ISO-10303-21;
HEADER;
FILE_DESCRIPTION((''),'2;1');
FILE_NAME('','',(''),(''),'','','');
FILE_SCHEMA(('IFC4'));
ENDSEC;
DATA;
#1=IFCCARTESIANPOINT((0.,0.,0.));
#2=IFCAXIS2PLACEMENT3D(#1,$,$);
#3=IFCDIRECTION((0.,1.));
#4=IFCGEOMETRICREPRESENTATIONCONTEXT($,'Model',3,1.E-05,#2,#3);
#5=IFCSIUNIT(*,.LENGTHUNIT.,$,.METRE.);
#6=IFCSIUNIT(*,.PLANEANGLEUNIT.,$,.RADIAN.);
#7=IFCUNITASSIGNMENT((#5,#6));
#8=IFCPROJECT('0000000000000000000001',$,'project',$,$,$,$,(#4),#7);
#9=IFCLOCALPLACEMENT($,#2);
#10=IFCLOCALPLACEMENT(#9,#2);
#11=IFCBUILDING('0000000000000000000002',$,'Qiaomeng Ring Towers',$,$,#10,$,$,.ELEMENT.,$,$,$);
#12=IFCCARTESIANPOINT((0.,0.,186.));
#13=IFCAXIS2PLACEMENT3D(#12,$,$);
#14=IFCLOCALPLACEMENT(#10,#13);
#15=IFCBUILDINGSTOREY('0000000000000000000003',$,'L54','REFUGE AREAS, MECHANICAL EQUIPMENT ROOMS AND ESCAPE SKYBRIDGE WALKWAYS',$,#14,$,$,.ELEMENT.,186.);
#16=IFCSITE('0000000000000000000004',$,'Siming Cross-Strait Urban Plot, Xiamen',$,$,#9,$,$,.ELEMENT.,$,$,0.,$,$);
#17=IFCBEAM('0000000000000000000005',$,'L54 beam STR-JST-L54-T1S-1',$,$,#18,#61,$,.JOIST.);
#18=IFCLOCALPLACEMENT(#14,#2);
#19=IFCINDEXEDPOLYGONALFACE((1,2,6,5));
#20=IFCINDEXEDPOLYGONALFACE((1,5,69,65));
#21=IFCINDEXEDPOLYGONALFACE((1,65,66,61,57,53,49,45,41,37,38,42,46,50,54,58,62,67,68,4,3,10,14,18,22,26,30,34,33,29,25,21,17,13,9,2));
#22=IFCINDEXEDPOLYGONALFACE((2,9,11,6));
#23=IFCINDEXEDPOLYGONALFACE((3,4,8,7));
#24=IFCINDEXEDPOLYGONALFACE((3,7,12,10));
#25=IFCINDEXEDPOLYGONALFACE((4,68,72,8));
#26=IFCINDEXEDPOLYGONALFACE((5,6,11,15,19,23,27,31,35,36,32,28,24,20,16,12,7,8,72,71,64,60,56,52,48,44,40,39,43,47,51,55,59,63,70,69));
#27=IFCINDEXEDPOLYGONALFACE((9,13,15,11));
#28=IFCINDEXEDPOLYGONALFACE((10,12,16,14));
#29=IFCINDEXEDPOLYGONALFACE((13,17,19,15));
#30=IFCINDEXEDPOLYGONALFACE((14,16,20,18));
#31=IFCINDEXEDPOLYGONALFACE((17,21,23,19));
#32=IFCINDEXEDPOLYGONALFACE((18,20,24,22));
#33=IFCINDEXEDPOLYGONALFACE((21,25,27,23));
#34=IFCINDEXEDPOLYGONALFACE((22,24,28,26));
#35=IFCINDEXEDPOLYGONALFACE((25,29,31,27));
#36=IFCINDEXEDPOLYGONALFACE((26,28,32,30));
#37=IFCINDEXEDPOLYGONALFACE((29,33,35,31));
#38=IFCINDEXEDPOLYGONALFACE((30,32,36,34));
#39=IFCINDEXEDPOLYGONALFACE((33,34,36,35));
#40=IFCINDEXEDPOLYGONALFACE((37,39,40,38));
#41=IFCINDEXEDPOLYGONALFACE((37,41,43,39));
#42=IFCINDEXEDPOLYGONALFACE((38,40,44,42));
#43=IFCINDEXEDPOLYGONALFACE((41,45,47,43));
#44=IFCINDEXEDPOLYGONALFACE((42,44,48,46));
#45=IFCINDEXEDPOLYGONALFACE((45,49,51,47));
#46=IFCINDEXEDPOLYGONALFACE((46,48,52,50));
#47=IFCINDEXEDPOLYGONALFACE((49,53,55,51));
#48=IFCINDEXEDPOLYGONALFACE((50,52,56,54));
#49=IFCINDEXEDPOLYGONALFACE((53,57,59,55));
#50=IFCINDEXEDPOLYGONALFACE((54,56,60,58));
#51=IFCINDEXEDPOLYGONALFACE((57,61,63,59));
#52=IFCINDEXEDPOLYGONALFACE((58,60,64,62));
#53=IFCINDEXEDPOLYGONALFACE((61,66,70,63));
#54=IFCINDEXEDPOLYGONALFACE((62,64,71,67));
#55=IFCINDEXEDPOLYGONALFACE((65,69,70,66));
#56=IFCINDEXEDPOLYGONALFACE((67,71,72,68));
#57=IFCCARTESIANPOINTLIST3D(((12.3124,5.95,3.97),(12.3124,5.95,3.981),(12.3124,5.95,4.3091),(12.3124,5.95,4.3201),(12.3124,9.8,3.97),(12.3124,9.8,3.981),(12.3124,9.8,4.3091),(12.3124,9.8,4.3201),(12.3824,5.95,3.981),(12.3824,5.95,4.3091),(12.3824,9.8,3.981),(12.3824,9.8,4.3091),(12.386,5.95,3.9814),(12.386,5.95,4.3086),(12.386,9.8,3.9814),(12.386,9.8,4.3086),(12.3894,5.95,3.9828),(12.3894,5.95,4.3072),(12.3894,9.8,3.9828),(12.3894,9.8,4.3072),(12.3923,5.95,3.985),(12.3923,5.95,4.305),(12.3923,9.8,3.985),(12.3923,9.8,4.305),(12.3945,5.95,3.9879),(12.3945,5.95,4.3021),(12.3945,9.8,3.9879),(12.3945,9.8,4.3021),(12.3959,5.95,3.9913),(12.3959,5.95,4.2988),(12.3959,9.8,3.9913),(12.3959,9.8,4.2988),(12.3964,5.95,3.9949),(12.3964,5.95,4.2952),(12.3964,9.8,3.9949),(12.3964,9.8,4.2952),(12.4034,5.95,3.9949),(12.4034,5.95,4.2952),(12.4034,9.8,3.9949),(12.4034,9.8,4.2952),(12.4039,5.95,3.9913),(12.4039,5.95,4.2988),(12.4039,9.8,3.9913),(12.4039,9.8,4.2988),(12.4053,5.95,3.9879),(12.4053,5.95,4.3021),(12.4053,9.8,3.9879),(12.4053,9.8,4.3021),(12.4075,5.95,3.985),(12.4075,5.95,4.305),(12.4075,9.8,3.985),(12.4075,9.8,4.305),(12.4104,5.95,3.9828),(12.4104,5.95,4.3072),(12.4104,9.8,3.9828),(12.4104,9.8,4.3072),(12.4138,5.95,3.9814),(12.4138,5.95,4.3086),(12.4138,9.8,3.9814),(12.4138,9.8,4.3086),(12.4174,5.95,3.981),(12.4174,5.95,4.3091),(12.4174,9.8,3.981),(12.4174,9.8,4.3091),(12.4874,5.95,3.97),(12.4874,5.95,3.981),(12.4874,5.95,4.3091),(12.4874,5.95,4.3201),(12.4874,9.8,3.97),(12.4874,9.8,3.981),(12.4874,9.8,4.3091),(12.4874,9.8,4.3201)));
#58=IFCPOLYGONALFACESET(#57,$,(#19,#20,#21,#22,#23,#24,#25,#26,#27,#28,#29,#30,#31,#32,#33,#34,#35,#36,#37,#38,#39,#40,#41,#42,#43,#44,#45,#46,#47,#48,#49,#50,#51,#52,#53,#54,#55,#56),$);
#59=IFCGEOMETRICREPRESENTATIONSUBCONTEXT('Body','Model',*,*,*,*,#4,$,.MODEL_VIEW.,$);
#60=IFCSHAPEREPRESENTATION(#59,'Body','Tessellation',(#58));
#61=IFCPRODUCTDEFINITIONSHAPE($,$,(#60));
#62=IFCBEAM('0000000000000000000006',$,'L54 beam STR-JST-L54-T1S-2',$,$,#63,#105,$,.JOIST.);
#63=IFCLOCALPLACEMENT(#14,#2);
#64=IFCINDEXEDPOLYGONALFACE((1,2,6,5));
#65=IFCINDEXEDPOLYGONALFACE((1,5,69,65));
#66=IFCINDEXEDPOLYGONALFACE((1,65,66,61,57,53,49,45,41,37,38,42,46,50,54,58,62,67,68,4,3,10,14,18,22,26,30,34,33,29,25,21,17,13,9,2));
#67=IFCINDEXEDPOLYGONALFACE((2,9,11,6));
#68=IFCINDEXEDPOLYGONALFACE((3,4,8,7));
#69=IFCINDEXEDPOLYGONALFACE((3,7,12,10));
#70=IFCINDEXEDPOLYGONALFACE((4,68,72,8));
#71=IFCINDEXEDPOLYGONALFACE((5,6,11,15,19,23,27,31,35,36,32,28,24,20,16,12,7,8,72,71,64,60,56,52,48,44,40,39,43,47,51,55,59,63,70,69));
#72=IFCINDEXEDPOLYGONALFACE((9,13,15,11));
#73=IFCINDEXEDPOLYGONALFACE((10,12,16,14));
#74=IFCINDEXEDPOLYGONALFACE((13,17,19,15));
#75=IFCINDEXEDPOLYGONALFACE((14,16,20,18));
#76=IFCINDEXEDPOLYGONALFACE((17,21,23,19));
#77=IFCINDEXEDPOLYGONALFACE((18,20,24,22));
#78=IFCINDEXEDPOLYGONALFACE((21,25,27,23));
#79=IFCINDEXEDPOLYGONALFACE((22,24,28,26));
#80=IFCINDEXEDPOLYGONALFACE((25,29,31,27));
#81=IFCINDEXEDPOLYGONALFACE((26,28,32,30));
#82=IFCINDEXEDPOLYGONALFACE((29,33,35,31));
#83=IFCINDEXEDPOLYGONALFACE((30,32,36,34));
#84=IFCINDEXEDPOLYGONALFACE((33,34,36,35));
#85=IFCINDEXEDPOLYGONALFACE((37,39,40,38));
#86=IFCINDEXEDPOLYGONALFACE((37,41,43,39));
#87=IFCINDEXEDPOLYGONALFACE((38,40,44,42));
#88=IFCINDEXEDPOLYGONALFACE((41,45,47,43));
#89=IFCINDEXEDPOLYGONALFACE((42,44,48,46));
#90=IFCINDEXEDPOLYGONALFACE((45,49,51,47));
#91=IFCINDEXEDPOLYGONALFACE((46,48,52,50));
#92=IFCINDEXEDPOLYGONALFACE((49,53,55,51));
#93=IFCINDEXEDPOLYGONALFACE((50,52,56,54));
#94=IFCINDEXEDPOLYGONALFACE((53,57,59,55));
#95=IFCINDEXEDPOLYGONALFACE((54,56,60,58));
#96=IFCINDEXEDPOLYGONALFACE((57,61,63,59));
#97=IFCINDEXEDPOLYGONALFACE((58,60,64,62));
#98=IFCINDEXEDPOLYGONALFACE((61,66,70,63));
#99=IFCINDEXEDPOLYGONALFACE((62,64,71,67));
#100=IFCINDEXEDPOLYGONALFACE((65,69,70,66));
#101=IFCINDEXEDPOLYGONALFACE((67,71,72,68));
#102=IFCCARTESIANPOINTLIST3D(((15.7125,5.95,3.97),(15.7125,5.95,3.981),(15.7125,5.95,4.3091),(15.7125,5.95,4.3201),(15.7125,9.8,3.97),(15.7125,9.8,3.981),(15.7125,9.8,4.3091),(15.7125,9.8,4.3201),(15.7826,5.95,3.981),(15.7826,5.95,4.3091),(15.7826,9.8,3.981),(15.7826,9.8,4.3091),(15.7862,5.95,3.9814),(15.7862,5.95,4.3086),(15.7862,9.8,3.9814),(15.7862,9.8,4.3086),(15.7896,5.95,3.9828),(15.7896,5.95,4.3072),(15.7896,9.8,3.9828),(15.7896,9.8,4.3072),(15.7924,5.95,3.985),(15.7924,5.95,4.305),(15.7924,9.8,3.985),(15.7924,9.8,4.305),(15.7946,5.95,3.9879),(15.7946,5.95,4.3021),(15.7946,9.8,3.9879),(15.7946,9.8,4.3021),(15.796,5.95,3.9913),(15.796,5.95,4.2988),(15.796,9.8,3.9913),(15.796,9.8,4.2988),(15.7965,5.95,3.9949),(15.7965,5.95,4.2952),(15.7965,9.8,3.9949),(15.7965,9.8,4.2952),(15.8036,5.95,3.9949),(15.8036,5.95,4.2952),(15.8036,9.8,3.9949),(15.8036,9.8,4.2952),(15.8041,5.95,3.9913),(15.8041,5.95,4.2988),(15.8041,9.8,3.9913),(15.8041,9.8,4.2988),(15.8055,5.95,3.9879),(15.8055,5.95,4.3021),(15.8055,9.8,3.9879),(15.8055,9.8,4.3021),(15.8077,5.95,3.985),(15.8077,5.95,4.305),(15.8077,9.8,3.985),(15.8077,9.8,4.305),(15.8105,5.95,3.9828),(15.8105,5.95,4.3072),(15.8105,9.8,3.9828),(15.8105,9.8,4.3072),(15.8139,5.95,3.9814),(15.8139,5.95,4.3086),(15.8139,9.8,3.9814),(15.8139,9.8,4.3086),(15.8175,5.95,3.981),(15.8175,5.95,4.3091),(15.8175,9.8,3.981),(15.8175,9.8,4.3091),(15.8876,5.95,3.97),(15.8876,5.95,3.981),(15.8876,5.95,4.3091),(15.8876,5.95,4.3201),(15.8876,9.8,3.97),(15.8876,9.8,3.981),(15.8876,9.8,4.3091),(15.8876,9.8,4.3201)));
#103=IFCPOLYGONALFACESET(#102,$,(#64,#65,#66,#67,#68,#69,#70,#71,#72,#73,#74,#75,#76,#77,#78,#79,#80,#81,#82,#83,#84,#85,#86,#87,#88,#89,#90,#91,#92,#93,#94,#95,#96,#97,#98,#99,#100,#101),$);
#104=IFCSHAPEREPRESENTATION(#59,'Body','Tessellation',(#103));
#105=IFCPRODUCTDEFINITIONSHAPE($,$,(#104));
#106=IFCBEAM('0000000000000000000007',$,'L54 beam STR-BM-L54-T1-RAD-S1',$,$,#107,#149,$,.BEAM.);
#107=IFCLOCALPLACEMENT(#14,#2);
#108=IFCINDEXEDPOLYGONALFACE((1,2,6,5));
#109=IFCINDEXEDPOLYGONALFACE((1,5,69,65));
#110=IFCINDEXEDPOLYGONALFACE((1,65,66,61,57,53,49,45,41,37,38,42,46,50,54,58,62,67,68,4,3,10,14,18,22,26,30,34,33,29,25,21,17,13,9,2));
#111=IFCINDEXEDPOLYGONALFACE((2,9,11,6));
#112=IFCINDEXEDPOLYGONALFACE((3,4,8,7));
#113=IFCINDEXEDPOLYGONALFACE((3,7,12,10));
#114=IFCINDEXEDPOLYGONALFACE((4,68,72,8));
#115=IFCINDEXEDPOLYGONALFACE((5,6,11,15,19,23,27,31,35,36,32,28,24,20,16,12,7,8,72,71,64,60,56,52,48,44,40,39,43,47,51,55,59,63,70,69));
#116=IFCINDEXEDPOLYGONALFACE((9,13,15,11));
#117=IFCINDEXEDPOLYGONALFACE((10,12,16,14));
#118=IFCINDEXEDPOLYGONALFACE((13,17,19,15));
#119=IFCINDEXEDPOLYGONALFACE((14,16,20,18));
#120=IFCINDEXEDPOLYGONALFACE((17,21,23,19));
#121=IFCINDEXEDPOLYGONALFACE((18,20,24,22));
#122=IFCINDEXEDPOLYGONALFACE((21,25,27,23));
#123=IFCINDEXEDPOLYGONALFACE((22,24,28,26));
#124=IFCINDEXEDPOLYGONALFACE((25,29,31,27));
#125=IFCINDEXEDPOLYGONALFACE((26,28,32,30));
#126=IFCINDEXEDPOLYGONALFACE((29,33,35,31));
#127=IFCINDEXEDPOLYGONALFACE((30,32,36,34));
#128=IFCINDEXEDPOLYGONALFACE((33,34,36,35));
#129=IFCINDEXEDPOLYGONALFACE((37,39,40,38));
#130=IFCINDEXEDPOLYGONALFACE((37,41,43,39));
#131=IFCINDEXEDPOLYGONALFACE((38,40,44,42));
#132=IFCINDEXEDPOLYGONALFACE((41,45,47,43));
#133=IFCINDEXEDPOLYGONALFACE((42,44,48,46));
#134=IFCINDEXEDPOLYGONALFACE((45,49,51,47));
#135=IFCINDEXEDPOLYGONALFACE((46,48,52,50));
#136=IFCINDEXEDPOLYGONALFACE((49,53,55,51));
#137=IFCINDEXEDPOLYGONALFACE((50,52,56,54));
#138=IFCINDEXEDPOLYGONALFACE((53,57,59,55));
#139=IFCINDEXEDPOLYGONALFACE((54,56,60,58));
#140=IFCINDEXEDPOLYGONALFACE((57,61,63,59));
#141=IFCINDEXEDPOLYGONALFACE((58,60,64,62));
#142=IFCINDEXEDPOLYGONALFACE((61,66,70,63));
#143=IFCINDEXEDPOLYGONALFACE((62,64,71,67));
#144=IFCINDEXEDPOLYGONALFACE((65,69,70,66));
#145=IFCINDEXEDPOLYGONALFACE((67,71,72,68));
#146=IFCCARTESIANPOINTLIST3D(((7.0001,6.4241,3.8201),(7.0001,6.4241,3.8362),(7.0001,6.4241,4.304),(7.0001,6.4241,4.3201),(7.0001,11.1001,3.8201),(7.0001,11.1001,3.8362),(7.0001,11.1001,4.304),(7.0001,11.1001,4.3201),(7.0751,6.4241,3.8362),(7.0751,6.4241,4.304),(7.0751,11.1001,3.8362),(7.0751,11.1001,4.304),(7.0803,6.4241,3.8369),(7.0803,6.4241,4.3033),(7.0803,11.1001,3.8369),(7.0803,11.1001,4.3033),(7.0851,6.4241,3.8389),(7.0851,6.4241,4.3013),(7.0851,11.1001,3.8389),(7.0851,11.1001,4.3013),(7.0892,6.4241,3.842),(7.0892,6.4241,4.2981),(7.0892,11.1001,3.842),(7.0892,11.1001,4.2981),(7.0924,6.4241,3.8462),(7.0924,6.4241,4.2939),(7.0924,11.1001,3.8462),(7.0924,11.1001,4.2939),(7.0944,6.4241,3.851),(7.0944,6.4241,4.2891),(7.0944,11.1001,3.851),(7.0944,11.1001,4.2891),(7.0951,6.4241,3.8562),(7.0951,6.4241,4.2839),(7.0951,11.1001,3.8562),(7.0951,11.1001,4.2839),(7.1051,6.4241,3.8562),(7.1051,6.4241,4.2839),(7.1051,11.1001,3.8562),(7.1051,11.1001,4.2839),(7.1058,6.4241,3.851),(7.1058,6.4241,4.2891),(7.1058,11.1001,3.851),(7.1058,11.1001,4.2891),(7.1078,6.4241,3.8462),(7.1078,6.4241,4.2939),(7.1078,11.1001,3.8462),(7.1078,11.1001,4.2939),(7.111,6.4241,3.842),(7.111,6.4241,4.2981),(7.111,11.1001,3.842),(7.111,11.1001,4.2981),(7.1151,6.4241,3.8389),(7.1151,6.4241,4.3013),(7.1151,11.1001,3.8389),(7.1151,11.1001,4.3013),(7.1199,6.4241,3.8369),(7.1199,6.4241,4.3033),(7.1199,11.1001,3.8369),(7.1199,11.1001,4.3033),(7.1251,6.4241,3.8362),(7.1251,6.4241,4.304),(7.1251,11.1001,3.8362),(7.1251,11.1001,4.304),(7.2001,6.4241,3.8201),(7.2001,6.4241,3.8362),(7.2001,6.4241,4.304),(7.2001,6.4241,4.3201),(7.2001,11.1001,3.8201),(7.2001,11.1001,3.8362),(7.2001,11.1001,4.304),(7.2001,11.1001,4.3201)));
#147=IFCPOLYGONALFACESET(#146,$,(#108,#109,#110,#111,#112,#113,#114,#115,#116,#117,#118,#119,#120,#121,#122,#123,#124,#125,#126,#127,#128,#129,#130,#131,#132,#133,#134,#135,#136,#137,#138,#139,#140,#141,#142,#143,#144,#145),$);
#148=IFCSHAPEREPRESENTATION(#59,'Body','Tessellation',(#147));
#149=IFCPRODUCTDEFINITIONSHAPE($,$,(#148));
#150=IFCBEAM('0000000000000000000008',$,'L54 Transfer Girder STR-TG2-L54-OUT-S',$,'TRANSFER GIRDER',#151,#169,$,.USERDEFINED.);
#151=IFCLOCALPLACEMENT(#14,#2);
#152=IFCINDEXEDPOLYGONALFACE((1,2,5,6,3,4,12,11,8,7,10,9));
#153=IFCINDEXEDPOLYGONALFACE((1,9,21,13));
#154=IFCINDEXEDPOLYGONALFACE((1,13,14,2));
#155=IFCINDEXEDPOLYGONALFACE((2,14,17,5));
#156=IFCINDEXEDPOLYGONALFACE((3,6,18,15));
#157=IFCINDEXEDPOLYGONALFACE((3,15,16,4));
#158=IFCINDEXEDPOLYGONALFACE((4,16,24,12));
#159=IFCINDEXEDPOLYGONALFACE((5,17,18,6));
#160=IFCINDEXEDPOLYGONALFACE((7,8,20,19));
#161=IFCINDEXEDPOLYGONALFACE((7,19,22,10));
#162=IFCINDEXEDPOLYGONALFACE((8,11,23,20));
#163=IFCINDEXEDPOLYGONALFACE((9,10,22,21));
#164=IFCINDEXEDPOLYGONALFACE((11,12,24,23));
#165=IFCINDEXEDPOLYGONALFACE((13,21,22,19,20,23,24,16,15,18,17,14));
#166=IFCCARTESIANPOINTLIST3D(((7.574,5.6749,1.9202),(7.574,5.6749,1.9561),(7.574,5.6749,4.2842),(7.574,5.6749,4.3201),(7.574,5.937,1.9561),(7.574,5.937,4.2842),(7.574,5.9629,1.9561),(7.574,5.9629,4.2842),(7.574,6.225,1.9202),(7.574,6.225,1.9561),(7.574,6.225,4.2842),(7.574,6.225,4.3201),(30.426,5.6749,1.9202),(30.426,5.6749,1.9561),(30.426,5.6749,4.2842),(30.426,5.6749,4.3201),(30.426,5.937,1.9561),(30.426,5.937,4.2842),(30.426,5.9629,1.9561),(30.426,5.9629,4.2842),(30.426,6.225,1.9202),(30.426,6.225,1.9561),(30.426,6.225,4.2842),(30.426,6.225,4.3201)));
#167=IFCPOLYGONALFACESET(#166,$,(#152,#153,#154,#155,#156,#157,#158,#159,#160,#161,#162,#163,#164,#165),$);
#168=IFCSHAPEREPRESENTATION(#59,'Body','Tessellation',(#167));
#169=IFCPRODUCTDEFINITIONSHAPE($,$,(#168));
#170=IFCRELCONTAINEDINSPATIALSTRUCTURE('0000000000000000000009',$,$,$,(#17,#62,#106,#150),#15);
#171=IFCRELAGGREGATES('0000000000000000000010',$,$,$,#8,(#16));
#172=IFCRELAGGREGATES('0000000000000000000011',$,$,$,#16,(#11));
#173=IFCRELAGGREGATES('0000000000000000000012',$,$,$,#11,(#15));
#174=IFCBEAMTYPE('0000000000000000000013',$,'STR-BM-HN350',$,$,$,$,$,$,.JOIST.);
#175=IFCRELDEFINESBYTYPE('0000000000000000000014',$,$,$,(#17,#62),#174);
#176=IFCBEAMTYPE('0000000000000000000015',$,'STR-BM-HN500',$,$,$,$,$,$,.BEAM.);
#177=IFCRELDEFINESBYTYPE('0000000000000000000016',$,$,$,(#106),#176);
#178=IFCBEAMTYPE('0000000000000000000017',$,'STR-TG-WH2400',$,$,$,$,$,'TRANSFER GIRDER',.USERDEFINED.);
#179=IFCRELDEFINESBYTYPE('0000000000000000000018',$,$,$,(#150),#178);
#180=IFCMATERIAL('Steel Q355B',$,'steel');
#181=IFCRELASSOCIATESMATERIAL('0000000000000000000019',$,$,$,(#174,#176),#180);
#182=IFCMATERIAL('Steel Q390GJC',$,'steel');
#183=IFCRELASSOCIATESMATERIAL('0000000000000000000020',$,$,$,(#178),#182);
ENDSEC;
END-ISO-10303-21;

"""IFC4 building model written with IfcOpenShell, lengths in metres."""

from ifc_helpers import new_model, si_unit, direction, frame, origin, origin_2d, place, context, subcontext, project, spatial, i_section, extrude, source, transform, mapped, material, material_profile, profile_set, type_object, element, save


model = new_model("IFC4")

# Units and contexts
model_context = context("Model", 3, precision=1e-05, world=origin(), true_north=direction((0.0, 1.0)))
body_context = subcontext(model_context, "Body", "Model", "MODEL_VIEW")
ifc_project = project(units=[si_unit("LENGTHUNIT", "METRE"), si_unit("PLANEANGLEUNIT", "RADIAN")], contexts=[model_context])

# Site, building, storey
site_placement = place(None, origin())
site = spatial("IfcSite", under=ifc_project, at=site_placement, Name="Siming Cross-Strait Urban Plot, Xiamen", CompositionType="ELEMENT", RefElevation=0.0)
building_placement = place(site_placement, origin())
building = spatial("IfcBuilding", under=site, at=building_placement, Name="Qiaomeng Ring Towers", CompositionType="ELEMENT")
storey_placement = place(building_placement, frame((0.0, 0.0, 186.0)))
storey = spatial("IfcBuildingStorey", under=building, at=storey_placement, Name="L54", Description="REFUGE AREAS, MECHANICAL EQUIPMENT ROOMS AND ESCAPE SKYBRIDGE WALKWAYS", CompositionType="ELEMENT", Elevation=186.0)

# Beams
ifc_material_1 = material(Name="Steel Q355B", Category="steel")
ifc_material_profile_1 = material_profile(ifc_material_1, i_section(OverallWidth=0.175, OverallDepth=0.3501, WebThickness=0.0071, FlangeThickness=0.011, FilletRadius=0.0139, at=origin_2d()), Name="HN 350x175x7x11")
ifc_profile_set_1 = profile_set([ifc_material_profile_1], Name="Steel Q355B")
beam_type_1 = type_object("IfcBeamType", Name="STR-BM-HN350", PredefinedType="JOIST", material=ifc_profile_set_1)
shared_shape_1 = source(origin(), body_context, "Body", "SweptSolid", [
    extrude(i_section(OverallWidth=0.175, OverallDepth=0.3501, WebThickness=0.0071, FlangeThickness=0.011, FilletRadius=0.0139, at=origin_2d()), origin(), (0.0, 0.0, 1.0), 3.8501),
])
for number, where, z_axis, x_axis, name in (
    (1, (12.3999, 5.95, 4.145), (0.0, 1.0, 0.0), (-1.0, 0.0, 0.0), "L54 beam STR-JST-L54-T1S-1"),
    (2, (15.8, 5.95, 4.145), (0.0, 1.0, 0.0), (-1.0, 0.0, 0.0), "L54 beam STR-JST-L54-T1S-2"),
):
    element("IfcBeam", number, at=place(storey_placement, frame(where, z_axis=z_axis, x_axis=x_axis)), inside=storey, type_object=beam_type_1, Name=name, PredefinedType="JOIST", context=body_context, shape_type="MappedRepresentation", body=[
        mapped(shared_shape_1, transform((0.0, 0.0, 0.0), x_axis=(1.0, 0.0, 0.0), y_axis=(0.0, 1.0, 0.0), z_axis=(0.0, 0.0, 1.0), scale=1.0)),
    ])
ifc_material_profile_2 = material_profile(ifc_material_1, i_section(OverallWidth=0.2, OverallDepth=0.5, WebThickness=0.01, FlangeThickness=0.0161, FilletRadius=0.02, at=origin_2d()), Name="HN 500x200x10x16")
ifc_profile_set_2 = profile_set([ifc_material_profile_2], Name="Steel Q355B")
beam_type_2 = type_object("IfcBeamType", Name="STR-BM-HN500", PredefinedType="BEAM", material=ifc_profile_set_2)
shared_shape_2 = source(origin(), body_context, "Body", "SweptSolid", [
    extrude(i_section(OverallWidth=0.2, OverallDepth=0.5, WebThickness=0.01, FlangeThickness=0.0161, FilletRadius=0.02, at=origin_2d()), origin(), (0.0, 0.0, 1.0), 4.676),
])
beam_1_placement = place(storey_placement, frame((7.1001, 6.4241, 4.0701), z_axis=(0.0, 1.0, 0.0), x_axis=(-1.0, 0.0, 0.0)))
element("IfcBeam", 3, at=beam_1_placement, inside=storey, type_object=beam_type_2, Name="L54 beam STR-BM-L54-T1-RAD-S1", PredefinedType="BEAM", context=body_context, shape_type="MappedRepresentation", body=[
    mapped(shared_shape_2, transform((0.0, 0.0, 0.0), x_axis=(1.0, 0.0, 0.0), y_axis=(0.0, 1.0, 0.0), z_axis=(0.0, 0.0, 1.0), scale=1.0)),
])
ifc_material_2 = material(Name="Steel Q390GJC", Category="steel")
ifc_material_profile_3 = material_profile(ifc_material_2, i_section(OverallWidth=0.55, OverallDepth=2.3999, WebThickness=0.0259, FlangeThickness=0.0359, at=origin_2d()), Name="WH 2400x550x26x36")
ifc_profile_set_3 = profile_set([ifc_material_profile_3], Name="Steel Q390GJC")
beam_type_3 = type_object("IfcBeamType", Name="STR-TG-WH2400", ElementType="TRANSFER GIRDER", PredefinedType="USERDEFINED", material=ifc_profile_set_3)
shared_shape_3 = source(origin(), body_context, "Body", "SweptSolid", [
    extrude(i_section(OverallWidth=0.55, OverallDepth=2.3999, WebThickness=0.0259, FlangeThickness=0.0359, at=origin_2d()), origin(), (0.0, 0.0, 1.0), 22.8521),
])
beam_2_placement = place(storey_placement, frame((7.574, 5.95, 3.1201), z_axis=(1.0, 0.0, 0.0), x_axis=(0.0, 1.0, 0.0)))
element("IfcBeam", 4, at=beam_2_placement, inside=storey, type_object=beam_type_3, Name="L54 Transfer Girder STR-TG2-L54-OUT-S", ObjectType="TRANSFER GIRDER", PredefinedType="USERDEFINED", context=body_context, shape_type="MappedRepresentation", body=[
    mapped(shared_shape_3, transform((0.0, 0.0, 0.0), x_axis=(1.0, 0.0, 0.0), y_axis=(0.0, 1.0, 0.0), z_axis=(0.0, 0.0, 1.0), scale=1.0)),
])

save(model, "model.ifc")
